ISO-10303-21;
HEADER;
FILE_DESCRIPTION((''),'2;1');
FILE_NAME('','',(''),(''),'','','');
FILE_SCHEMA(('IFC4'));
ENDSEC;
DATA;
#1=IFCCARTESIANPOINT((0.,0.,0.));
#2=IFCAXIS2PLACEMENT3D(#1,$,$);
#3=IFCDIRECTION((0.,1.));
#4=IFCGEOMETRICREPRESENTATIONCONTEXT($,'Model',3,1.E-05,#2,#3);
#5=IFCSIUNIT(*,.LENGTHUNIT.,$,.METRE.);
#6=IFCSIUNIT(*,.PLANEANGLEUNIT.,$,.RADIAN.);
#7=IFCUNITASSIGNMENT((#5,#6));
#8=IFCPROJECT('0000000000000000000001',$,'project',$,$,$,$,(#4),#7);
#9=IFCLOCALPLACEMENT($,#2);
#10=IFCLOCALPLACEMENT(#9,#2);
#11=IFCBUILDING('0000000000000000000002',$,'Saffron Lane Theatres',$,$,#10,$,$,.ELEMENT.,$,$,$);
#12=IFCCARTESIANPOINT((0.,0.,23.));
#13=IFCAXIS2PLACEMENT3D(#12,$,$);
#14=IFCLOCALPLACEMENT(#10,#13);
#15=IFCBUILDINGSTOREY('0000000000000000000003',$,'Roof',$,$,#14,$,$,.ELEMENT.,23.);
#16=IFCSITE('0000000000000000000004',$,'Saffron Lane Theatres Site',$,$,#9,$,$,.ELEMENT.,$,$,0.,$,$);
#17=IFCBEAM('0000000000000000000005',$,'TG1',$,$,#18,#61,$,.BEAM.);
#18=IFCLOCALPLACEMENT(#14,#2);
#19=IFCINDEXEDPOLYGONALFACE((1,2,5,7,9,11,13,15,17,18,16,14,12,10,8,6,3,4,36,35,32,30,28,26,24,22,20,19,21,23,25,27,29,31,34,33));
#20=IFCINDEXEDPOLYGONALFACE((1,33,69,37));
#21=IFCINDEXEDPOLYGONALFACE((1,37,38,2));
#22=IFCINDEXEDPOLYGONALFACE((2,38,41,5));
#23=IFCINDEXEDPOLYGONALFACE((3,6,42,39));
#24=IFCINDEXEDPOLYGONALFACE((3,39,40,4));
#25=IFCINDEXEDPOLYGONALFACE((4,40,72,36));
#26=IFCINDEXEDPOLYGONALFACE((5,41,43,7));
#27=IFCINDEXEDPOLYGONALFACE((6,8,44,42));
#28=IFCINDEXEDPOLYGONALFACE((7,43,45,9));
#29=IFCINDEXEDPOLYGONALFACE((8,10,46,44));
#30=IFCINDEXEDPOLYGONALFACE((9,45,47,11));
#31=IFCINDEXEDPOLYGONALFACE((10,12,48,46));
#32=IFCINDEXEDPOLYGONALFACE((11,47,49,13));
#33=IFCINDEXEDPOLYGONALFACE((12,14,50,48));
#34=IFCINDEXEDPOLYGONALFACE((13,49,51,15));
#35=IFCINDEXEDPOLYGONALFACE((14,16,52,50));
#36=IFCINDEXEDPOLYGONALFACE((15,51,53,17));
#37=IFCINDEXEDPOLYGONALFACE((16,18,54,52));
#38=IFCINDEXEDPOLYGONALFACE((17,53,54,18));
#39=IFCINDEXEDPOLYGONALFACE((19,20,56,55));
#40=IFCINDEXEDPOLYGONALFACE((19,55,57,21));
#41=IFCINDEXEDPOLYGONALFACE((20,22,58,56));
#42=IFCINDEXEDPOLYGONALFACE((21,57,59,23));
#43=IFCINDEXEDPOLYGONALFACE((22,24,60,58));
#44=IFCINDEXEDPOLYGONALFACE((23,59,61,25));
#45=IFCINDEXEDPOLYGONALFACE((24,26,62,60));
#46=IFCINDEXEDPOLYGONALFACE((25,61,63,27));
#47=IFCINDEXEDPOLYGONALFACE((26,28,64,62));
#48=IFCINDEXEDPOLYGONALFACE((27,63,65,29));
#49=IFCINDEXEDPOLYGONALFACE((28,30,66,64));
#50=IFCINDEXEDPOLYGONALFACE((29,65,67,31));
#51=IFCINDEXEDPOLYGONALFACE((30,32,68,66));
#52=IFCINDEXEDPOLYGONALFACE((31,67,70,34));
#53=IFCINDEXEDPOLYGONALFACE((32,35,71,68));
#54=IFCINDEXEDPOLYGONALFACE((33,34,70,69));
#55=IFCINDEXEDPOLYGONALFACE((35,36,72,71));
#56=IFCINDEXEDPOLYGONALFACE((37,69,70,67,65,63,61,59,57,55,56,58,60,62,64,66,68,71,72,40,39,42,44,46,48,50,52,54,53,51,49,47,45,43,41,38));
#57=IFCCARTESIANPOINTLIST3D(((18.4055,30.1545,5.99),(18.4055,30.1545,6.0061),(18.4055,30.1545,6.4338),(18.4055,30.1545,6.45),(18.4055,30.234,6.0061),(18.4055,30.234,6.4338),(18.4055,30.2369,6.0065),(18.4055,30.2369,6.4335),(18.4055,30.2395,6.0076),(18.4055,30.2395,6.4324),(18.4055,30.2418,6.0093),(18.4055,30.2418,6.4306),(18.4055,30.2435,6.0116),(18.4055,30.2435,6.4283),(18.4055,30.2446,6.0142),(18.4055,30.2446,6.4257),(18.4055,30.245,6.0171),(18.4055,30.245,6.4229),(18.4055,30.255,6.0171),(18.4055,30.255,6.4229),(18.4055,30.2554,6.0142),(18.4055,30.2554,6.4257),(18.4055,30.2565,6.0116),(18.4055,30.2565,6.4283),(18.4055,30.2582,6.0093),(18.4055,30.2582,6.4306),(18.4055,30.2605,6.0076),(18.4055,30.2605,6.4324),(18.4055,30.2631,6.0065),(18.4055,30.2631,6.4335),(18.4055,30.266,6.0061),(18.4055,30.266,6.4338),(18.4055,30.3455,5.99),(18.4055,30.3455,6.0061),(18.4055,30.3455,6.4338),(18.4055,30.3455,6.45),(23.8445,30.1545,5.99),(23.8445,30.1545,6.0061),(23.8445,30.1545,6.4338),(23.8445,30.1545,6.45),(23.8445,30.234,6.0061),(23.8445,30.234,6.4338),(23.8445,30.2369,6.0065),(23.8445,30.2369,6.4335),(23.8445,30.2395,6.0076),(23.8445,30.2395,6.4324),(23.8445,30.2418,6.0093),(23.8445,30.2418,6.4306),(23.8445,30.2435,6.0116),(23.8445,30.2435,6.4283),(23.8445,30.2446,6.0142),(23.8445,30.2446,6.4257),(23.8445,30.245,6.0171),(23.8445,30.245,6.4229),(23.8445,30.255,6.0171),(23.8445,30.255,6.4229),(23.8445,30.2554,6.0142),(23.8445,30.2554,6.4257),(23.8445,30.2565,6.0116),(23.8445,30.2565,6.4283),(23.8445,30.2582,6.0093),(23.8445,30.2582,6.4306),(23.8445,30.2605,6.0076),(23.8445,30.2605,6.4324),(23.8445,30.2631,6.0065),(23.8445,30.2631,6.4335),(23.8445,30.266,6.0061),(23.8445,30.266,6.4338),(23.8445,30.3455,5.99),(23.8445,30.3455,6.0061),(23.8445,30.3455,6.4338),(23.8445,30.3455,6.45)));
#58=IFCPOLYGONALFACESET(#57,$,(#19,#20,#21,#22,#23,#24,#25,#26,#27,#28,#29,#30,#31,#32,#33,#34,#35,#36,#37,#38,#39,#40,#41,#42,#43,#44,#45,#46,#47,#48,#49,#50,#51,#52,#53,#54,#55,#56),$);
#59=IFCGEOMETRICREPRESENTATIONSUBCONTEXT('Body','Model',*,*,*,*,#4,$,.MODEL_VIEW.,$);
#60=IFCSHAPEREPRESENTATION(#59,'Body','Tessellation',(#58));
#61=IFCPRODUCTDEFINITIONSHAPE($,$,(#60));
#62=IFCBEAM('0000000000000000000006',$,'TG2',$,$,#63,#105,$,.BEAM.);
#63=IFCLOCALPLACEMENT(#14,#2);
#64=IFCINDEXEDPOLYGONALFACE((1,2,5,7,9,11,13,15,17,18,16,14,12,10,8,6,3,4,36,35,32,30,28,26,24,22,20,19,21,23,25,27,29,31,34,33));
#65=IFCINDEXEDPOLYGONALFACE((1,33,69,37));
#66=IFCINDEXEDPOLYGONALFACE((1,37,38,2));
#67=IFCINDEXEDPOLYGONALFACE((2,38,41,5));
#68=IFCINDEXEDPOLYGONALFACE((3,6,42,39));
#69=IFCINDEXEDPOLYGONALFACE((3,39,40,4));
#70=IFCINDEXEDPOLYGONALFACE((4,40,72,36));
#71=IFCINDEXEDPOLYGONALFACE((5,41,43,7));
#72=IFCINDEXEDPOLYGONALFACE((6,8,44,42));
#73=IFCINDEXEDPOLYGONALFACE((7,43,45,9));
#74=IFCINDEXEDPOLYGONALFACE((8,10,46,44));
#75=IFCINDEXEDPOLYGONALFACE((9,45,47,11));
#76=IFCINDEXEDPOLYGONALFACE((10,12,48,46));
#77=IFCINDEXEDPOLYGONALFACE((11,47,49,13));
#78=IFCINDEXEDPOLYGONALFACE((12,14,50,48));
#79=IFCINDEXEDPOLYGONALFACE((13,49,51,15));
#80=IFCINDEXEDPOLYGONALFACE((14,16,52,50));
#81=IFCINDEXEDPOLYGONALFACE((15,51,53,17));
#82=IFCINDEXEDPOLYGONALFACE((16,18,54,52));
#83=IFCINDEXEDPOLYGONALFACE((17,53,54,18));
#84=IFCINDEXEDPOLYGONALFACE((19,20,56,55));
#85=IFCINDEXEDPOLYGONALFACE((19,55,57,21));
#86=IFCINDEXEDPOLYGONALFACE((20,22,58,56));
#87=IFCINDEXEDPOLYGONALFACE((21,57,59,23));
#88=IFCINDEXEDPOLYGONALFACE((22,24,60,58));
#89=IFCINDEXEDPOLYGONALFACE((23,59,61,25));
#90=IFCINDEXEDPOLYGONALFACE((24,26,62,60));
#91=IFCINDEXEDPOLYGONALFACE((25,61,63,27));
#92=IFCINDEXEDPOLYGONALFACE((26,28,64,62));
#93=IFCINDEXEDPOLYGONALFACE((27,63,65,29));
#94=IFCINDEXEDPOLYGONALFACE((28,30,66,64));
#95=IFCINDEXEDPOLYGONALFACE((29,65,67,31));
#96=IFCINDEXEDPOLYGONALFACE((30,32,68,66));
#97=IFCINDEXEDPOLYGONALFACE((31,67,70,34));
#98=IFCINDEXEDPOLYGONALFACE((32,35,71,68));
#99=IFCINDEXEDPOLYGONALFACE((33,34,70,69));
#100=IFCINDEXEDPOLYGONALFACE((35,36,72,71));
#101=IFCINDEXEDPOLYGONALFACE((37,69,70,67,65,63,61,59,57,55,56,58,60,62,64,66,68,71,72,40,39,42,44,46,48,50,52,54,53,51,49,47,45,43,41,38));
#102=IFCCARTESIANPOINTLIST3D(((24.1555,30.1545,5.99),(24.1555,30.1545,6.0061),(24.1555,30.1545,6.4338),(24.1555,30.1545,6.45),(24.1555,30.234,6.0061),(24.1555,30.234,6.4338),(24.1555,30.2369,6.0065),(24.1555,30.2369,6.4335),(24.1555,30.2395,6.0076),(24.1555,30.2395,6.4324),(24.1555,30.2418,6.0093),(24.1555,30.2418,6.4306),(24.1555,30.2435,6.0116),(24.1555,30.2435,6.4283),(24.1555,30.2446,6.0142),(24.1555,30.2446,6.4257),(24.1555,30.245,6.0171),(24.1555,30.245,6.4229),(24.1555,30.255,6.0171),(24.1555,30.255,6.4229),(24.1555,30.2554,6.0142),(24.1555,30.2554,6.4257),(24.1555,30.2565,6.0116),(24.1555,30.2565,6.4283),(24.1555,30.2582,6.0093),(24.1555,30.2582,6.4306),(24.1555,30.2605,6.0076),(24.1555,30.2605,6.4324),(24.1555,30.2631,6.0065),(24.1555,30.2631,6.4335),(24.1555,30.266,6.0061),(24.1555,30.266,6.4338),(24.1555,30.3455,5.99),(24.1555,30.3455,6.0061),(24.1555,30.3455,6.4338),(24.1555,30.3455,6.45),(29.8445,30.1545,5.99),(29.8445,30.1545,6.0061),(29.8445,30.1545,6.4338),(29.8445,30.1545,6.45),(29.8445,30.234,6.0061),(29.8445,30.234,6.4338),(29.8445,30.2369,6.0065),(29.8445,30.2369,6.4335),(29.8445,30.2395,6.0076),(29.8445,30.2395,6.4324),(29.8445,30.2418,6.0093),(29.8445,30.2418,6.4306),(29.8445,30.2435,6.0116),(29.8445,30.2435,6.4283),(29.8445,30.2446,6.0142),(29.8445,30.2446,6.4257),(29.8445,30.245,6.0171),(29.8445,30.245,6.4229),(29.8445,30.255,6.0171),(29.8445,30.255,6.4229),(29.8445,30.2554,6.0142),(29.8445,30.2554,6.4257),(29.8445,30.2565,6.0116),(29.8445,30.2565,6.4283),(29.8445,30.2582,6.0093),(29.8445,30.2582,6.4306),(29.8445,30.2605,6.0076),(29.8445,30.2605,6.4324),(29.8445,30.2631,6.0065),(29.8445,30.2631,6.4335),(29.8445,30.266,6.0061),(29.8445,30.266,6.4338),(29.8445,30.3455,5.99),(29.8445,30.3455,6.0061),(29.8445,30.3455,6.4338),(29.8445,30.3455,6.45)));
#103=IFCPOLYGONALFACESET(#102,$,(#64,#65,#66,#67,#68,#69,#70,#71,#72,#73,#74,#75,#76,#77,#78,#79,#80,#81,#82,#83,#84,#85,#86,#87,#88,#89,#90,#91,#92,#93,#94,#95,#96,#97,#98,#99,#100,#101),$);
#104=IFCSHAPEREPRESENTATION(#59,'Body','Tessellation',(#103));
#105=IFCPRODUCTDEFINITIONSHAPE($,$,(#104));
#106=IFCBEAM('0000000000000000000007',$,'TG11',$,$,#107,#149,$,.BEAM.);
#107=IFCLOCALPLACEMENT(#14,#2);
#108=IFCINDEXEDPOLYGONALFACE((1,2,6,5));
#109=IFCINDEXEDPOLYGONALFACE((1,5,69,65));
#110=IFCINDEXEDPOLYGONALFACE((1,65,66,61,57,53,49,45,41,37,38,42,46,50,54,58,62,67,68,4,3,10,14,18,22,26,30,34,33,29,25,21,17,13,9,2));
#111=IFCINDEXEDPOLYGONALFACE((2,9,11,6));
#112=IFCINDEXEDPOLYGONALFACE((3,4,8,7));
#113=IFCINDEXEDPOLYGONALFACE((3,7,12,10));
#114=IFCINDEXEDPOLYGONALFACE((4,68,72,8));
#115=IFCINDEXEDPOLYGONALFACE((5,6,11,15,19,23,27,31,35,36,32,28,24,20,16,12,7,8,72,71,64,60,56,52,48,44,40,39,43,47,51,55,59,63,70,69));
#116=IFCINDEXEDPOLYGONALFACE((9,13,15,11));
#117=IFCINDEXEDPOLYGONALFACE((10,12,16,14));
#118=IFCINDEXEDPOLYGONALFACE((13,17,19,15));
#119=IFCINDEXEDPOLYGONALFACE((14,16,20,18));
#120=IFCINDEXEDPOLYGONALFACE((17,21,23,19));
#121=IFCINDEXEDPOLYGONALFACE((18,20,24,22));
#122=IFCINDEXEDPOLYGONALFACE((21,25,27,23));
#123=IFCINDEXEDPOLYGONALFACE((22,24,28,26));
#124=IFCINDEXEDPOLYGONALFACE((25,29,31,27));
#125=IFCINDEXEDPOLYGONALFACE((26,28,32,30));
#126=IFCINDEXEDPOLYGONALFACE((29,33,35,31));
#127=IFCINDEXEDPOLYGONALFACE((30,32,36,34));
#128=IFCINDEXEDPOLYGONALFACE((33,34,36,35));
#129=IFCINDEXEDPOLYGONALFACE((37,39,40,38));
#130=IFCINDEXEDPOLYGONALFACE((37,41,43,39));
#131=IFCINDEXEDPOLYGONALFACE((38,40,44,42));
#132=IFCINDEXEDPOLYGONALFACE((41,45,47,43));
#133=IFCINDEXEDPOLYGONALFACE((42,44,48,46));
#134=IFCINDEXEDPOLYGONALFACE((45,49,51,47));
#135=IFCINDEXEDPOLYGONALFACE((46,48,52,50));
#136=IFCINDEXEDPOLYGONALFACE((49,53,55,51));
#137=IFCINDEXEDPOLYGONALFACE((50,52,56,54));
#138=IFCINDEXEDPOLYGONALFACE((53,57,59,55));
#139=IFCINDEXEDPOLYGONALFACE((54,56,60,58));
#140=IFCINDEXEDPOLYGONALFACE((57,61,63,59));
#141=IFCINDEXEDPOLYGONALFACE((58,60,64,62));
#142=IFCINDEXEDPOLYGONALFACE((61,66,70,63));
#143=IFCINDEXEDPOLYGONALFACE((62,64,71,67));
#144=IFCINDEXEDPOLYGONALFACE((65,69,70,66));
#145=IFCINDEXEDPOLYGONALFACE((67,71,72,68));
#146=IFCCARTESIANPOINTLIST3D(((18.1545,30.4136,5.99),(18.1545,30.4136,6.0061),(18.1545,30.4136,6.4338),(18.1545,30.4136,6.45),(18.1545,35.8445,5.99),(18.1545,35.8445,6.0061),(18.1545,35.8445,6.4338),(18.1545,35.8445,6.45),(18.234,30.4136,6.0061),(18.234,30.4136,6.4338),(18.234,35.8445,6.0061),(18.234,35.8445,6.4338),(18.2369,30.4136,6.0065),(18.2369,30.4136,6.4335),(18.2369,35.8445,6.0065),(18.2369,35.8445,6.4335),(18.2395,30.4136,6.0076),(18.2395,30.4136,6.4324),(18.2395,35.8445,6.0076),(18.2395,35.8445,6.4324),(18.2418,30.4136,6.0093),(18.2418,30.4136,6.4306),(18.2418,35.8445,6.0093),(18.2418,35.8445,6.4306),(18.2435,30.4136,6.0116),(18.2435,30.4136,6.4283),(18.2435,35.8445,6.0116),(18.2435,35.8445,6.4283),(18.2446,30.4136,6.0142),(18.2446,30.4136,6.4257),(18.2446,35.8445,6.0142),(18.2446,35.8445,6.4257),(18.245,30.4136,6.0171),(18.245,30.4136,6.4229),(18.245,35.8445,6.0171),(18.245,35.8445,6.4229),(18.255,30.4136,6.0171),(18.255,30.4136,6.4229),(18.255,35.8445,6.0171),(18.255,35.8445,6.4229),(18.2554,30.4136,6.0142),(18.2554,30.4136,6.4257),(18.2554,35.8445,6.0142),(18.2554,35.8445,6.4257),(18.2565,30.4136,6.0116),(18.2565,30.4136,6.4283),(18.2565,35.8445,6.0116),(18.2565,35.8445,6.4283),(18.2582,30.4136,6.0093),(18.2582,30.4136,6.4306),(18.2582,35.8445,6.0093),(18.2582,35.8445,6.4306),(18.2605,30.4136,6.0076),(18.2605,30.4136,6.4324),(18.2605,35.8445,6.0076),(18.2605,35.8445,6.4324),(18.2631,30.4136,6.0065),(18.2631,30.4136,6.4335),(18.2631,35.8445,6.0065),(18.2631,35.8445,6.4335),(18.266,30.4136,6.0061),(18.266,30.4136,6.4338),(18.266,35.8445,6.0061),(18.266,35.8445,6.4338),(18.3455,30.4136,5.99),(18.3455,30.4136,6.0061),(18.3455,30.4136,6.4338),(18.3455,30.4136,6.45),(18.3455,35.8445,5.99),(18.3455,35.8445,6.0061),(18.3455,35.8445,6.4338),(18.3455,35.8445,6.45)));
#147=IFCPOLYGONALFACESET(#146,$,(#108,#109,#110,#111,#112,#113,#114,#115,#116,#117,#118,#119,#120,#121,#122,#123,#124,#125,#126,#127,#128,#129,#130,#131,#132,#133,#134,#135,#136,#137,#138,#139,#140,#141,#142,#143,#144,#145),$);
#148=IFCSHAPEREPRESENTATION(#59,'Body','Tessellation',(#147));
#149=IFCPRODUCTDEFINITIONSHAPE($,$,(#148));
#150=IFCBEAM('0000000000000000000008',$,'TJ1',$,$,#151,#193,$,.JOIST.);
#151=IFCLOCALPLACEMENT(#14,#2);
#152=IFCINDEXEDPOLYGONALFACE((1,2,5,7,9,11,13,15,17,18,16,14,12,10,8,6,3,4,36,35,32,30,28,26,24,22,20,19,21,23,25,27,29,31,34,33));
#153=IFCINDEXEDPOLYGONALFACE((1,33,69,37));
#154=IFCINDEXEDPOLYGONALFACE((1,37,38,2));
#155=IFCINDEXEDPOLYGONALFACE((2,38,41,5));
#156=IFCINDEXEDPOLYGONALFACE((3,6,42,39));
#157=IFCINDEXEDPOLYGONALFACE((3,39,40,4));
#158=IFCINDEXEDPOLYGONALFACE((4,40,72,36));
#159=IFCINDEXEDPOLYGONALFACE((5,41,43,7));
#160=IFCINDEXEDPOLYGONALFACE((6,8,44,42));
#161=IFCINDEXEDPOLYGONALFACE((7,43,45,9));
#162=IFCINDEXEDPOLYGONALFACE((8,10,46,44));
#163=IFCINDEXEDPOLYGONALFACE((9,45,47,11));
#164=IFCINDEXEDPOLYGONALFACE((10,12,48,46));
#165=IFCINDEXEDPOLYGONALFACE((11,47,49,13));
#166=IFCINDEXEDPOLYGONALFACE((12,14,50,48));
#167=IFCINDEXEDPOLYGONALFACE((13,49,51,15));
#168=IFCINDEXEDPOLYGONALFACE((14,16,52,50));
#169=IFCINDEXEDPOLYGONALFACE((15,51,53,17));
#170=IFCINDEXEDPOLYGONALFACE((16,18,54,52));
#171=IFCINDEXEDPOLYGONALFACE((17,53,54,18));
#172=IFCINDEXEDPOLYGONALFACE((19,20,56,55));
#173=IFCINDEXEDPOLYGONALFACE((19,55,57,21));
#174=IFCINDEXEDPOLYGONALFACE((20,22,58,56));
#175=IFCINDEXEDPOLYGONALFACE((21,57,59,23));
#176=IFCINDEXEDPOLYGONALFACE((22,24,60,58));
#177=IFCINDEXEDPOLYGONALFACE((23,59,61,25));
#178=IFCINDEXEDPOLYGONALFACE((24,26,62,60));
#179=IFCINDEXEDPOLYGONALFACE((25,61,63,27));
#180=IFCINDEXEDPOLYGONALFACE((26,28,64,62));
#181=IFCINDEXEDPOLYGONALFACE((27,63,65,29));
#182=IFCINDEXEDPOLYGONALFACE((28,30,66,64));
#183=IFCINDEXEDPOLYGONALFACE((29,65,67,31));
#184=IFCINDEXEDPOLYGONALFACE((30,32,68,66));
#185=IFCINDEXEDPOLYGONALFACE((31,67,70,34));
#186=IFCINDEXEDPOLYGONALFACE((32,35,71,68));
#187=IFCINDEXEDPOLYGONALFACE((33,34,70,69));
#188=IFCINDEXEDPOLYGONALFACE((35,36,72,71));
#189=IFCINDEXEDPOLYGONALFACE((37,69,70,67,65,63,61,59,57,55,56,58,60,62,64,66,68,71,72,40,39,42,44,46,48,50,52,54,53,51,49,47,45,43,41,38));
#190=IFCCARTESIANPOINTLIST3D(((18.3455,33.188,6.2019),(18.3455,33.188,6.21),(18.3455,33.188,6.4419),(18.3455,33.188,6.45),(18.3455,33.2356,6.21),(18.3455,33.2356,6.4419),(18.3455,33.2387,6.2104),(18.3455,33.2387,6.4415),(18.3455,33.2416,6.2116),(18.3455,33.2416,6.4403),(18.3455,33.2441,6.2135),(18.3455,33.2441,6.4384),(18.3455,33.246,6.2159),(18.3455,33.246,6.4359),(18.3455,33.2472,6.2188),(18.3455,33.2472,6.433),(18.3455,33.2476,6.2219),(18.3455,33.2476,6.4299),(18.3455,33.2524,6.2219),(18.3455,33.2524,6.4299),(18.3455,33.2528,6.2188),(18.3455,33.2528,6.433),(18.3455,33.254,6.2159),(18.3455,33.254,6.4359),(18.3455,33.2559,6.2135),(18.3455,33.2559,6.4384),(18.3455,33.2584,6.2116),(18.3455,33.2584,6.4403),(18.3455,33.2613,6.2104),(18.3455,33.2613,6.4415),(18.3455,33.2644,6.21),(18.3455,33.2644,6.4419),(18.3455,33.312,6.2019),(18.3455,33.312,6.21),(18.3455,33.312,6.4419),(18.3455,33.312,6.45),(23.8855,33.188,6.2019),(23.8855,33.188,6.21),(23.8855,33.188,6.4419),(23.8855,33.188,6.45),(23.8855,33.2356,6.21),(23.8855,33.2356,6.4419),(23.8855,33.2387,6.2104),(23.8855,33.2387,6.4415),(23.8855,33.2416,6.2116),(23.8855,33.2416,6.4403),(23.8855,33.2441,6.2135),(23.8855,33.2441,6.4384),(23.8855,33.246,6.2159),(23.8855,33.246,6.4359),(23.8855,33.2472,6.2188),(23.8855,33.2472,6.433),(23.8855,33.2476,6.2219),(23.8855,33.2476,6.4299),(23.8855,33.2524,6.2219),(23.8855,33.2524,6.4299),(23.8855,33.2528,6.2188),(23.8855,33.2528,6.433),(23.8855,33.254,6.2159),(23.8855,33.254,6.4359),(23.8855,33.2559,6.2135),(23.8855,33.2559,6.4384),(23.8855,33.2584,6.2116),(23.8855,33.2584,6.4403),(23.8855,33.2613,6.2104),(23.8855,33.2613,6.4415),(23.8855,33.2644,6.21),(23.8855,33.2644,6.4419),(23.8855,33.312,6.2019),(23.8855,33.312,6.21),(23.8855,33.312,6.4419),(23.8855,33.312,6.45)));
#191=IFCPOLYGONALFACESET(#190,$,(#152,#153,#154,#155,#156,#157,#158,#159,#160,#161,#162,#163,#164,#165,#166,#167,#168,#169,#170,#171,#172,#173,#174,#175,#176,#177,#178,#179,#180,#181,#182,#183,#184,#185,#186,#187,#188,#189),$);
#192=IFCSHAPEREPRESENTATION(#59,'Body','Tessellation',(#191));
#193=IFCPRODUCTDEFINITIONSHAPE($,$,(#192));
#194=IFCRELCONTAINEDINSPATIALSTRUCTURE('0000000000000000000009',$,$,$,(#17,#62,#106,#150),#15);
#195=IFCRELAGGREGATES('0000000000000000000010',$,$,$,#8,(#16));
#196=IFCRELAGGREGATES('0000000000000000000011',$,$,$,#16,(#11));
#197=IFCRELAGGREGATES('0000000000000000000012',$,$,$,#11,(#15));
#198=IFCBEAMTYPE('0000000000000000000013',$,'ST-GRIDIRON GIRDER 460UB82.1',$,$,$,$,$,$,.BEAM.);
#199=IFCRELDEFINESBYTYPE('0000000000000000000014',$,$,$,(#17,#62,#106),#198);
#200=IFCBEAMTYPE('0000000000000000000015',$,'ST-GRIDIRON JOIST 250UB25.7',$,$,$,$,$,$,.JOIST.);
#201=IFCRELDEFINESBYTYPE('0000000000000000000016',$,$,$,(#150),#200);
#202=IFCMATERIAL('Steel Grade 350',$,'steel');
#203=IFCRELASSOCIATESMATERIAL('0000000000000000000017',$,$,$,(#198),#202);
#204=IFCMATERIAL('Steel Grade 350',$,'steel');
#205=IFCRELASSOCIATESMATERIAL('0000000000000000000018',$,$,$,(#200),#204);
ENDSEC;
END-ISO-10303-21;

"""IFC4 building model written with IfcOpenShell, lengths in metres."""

from ifc_helpers import new_model, si_unit, direction, frame, origin, origin_2d, place, context, subcontext, project, spatial, i_section, extrude, material, material_profile, profile_set, type_object, element, save


model = new_model("IFC4")

# Units and contexts
model_context = context("Model", 3, precision=1e-05, world=origin(), true_north=direction((0.0, 1.0)))
body_context = subcontext(model_context, "Body", "Model", "MODEL_VIEW")
ifc_project = project(units=[si_unit("LENGTHUNIT", "METRE"), si_unit("PLANEANGLEUNIT", "RADIAN")], contexts=[model_context])

# Site, building, storey
site_placement = place(None, origin())
site = spatial("IfcSite", under=ifc_project, at=site_placement, Name="Saffron Lane Theatres Site", CompositionType="ELEMENT", RefElevation=0.0)
building_placement = place(site_placement, origin())
building = spatial("IfcBuilding", under=site, at=building_placement, Name="Saffron Lane Theatres", CompositionType="ELEMENT")
storey_placement = place(building_placement, frame((0.0, 0.0, 23.0)))
storey = spatial("IfcBuildingStorey", under=building, at=storey_placement, Name="Roof", CompositionType="ELEMENT", Elevation=23.0)

# Beams
ifc_material_1 = material(Name="Steel Grade 350", Category="steel")
ifc_material_profile_1 = material_profile(ifc_material_1, i_section(OverallWidth=0.1909, OverallDepth=0.46, WebThickness=0.01, FlangeThickness=0.0161, FilletRadius=0.011, at=origin_2d()))
ifc_profile_set_1 = profile_set([ifc_material_profile_1], Name="Steel Grade 350")
beam_type_1 = type_object("IfcBeamType", Name="ST-GRIDIRON GIRDER 460UB82.1", PredefinedType="BEAM", material=ifc_profile_set_1)
beam_1_placement = place(storey_placement, frame((18.4055, 30.25, 6.22), z_axis=(1.0, 0.0, 0.0), x_axis=(0.0, 1.0, 0.0)))
element("IfcBeam", 1, at=beam_1_placement, inside=storey, type_object=beam_type_1, Name="TG1", PredefinedType="BEAM", context=body_context, shape_type="SweptSolid", body=[
    extrude(i_section(OverallWidth=0.1909, OverallDepth=0.46, WebThickness=0.01, FlangeThickness=0.0161, FilletRadius=0.011, at=origin_2d()), origin(), (0.0, 0.0, 1.0), 5.439),
])
beam_2_placement = place(storey_placement, frame((24.1555, 30.25, 6.22), z_axis=(1.0, 0.0, 0.0), x_axis=(0.0, 1.0, 0.0)))
element("IfcBeam", 2, at=beam_2_placement, inside=storey, type_object=beam_type_1, Name="TG2", PredefinedType="BEAM", context=body_context, shape_type="SweptSolid", body=[
    extrude(i_section(OverallWidth=0.1909, OverallDepth=0.46, WebThickness=0.01, FlangeThickness=0.0161, FilletRadius=0.011, at=origin_2d()), origin(), (0.0, 0.0, 1.0), 5.689),
])
beam_3_placement = place(storey_placement, frame((18.25, 30.4136, 6.22), z_axis=(0.0, 1.0, 0.0), x_axis=(-1.0, 0.0, 0.0)))
element("IfcBeam", 3, at=beam_3_placement, inside=storey, type_object=beam_type_1, Name="TG11", PredefinedType="BEAM", context=body_context, shape_type="SweptSolid", body=[
    extrude(i_section(OverallWidth=0.1909, OverallDepth=0.46, WebThickness=0.01, FlangeThickness=0.0161, FilletRadius=0.011, at=origin_2d()), origin(), (0.0, 0.0, 1.0), 5.4309),
])
ifc_material_2 = material(Name="Steel Grade 350", Category="steel")
ifc_material_profile_2 = material_profile(ifc_material_2, i_section(OverallWidth=0.124, OverallDepth=0.248, WebThickness=0.0049, FlangeThickness=0.0081, FilletRadius=0.012, at=origin_2d()))
ifc_profile_set_2 = profile_set([ifc_material_profile_2], Name="Steel Grade 350")
beam_type_2 = type_object("IfcBeamType", Name="ST-GRIDIRON JOIST 250UB25.7", PredefinedType="JOIST", material=ifc_profile_set_2)
beam_4_placement = place(storey_placement, frame((18.3455, 33.25, 6.3259), z_axis=(1.0, 0.0, 0.0), x_axis=(0.0, 1.0, 0.0)))
element("IfcBeam", 4, at=beam_4_placement, inside=storey, type_object=beam_type_2, Name="TJ1", PredefinedType="JOIST", context=body_context, shape_type="SweptSolid", body=[
    extrude(i_section(OverallWidth=0.124, OverallDepth=0.248, WebThickness=0.0049, FlangeThickness=0.0081, FilletRadius=0.012, at=origin_2d()), origin(), (0.0, 0.0, 1.0), 5.54),
])

save(model, "model.ifc")
